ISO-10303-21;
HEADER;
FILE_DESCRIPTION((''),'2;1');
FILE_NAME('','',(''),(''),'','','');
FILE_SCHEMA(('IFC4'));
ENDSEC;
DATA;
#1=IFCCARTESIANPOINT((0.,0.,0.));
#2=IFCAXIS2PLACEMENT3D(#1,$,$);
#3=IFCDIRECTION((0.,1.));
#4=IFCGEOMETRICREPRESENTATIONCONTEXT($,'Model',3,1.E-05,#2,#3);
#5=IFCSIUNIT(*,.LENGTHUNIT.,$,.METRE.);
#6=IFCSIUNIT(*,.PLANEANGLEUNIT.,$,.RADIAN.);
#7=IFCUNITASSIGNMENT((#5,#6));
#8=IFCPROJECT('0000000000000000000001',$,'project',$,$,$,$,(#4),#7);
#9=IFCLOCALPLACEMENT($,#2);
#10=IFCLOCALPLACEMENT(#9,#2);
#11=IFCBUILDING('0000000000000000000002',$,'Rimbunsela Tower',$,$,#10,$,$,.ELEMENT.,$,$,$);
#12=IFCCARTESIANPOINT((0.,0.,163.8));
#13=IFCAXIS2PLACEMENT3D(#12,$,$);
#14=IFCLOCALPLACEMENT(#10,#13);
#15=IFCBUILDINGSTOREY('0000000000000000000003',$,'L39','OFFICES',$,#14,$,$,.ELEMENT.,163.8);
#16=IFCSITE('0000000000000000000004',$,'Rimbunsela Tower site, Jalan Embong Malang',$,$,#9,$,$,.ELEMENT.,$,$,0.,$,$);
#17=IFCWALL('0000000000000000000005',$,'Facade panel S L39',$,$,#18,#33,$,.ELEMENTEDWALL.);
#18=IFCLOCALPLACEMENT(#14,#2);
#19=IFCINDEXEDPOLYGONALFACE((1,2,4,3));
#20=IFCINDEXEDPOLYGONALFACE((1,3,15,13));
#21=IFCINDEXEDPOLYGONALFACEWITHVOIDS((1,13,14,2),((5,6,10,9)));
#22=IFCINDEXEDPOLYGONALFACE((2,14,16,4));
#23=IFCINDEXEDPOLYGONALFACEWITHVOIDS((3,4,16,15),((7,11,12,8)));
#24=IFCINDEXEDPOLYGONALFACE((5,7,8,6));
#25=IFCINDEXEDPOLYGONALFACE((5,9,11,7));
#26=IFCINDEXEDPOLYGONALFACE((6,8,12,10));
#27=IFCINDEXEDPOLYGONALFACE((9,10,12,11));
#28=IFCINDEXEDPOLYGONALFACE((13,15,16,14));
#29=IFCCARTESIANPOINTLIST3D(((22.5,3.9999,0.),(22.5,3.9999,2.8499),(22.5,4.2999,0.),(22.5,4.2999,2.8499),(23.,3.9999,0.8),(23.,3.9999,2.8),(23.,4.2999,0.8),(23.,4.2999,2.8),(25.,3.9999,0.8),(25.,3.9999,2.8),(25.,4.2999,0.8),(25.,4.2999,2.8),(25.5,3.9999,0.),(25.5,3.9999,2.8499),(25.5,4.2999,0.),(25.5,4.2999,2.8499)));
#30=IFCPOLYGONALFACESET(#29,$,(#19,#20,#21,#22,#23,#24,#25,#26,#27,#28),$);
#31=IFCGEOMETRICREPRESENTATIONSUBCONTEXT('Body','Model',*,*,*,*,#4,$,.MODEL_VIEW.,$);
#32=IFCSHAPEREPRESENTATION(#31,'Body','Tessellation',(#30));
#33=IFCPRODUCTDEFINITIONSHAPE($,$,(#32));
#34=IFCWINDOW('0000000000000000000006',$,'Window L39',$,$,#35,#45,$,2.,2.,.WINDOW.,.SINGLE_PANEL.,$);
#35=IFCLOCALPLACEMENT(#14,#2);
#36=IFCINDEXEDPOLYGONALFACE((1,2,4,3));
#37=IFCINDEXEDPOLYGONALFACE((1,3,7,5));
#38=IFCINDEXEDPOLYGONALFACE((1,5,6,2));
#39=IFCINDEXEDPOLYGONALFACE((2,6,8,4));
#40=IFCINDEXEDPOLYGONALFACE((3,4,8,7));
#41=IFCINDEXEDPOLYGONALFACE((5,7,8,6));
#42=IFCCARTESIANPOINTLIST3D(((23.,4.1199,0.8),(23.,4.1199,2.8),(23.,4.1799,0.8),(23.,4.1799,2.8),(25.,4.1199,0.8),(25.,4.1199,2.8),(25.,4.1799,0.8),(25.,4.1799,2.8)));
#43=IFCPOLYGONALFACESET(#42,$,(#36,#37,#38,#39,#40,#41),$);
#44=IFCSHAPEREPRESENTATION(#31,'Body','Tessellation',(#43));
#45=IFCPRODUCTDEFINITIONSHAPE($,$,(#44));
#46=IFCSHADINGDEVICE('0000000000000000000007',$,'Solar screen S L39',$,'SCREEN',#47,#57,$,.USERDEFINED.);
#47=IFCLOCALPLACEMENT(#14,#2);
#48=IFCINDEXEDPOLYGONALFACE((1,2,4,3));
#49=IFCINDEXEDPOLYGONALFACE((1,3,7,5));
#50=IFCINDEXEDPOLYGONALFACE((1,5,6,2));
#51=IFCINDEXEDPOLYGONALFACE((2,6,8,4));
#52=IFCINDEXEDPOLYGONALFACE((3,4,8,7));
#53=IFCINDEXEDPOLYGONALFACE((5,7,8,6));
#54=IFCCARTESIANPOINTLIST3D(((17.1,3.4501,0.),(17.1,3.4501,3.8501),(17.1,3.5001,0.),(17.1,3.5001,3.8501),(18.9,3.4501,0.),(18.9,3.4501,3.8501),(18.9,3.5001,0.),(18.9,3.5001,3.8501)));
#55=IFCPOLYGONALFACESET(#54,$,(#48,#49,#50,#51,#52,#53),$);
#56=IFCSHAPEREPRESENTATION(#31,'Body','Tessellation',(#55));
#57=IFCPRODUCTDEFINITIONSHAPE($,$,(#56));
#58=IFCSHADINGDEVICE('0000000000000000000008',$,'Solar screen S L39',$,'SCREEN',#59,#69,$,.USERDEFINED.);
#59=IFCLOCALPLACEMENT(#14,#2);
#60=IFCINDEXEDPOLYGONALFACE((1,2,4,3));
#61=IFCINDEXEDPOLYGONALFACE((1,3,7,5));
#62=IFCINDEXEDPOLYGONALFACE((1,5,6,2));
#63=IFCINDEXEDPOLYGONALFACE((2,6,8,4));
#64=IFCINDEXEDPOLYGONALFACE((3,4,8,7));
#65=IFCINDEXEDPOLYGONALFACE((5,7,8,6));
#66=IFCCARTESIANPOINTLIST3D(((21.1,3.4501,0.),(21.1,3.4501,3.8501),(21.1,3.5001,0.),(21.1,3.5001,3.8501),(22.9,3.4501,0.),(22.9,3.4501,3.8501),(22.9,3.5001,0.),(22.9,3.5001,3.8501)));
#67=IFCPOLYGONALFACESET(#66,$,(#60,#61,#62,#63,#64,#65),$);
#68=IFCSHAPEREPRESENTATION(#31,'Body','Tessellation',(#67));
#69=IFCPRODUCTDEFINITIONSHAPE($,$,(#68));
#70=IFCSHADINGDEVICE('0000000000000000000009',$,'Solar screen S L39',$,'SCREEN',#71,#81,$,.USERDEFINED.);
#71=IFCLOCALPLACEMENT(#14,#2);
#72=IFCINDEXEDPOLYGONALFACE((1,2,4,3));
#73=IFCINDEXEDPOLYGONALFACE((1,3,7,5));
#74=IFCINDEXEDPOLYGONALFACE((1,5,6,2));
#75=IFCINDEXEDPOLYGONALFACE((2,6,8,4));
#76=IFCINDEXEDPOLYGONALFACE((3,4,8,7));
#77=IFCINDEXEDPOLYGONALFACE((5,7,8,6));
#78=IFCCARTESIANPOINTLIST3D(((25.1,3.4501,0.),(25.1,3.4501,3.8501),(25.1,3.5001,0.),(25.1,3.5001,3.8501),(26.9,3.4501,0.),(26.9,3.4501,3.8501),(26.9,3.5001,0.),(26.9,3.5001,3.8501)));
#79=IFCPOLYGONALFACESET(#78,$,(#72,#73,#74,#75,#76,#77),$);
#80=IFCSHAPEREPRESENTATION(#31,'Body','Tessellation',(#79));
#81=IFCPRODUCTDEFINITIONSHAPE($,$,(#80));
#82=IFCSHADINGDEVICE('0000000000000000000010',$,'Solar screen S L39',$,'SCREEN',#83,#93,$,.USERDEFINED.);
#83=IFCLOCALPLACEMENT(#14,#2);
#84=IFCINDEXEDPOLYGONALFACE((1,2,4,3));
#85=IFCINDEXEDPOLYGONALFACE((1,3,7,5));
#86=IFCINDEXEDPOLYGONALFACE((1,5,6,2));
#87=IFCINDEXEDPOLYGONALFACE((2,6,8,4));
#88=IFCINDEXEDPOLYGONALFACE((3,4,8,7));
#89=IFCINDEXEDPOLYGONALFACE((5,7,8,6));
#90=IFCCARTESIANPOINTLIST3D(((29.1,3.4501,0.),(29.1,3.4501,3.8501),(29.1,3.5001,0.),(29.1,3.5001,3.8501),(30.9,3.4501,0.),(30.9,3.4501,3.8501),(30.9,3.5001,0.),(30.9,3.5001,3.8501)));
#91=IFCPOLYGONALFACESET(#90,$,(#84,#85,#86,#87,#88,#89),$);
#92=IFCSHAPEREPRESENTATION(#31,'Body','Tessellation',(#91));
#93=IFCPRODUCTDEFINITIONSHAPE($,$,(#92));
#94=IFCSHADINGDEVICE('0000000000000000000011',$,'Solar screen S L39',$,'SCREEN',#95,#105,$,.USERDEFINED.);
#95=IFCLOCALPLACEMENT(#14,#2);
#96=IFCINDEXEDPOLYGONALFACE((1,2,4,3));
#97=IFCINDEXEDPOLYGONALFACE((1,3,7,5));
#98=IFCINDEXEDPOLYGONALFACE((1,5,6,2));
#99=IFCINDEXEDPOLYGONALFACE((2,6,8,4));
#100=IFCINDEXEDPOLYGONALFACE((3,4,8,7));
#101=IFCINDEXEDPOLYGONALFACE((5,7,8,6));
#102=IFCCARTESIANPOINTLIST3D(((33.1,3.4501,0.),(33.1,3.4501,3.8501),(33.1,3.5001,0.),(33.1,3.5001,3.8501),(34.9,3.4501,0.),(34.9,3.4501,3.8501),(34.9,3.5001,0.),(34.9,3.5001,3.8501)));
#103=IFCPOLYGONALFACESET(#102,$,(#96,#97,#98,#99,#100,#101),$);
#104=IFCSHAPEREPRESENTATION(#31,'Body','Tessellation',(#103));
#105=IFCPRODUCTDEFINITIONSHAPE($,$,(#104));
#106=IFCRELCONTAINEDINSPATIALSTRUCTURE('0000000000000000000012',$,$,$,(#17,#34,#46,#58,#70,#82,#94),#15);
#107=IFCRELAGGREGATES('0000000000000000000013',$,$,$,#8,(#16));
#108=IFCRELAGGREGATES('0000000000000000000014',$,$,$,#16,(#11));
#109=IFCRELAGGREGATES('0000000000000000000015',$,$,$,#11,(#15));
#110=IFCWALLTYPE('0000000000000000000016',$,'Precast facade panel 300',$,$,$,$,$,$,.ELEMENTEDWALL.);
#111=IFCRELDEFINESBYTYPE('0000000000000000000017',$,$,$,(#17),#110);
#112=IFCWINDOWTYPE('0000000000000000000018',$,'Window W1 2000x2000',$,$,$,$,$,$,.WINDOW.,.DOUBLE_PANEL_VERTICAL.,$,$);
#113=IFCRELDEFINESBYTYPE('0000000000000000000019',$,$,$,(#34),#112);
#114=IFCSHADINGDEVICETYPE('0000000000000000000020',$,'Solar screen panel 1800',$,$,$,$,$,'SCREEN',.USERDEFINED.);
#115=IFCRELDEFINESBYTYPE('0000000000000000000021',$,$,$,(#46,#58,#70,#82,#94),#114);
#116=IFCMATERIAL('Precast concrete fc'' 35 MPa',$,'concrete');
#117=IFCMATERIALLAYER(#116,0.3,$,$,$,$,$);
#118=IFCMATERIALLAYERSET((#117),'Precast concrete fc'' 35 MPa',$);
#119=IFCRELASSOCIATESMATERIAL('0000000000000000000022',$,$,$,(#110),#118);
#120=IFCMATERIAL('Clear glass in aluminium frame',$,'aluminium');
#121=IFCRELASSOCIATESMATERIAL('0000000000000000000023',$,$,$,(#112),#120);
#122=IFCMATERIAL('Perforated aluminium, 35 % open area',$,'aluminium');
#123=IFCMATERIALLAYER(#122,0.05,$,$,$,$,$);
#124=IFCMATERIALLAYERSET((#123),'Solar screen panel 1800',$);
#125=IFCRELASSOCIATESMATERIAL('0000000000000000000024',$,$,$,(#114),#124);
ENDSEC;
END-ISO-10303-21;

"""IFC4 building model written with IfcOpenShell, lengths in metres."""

from ifc_helpers import new_model, si_unit, direction, frame, frame_2d, origin, origin_2d, place, context, subcontext, project, spatial, rectangle, extrude, material, layer, layer_set, type_object, element, fill, save


model = new_model("IFC4")

# Units and contexts
model_context = context("Model", 3, precision=1e-05, world=origin(), true_north=direction((0.0, 1.0)))
body_context = subcontext(model_context, "Body", "Model", "MODEL_VIEW")
ifc_project = project(units=[si_unit("LENGTHUNIT", "METRE"), si_unit("PLANEANGLEUNIT", "RADIAN")], contexts=[model_context])

# Site, building, storey
site_placement = place(None, origin())
site = spatial("IfcSite", under=ifc_project, at=site_placement, Name="Rimbunsela Tower site, Jalan Embong Malang", CompositionType="ELEMENT", RefElevation=0.0)
building_placement = place(site_placement, origin())
building = spatial("IfcBuilding", under=site, at=building_placement, Name="Rimbunsela Tower", CompositionType="ELEMENT")
storey_placement = place(building_placement, frame((0.0, 0.0, 163.8)))
storey = spatial("IfcBuildingStorey", under=building, at=storey_placement, Name="L39", Description="OFFICES", CompositionType="ELEMENT", Elevation=163.8)

# Wall, opening, window
ifc_material_1 = material(Name="Precast concrete fc' 35 MPa", Category="concrete")
ifc_layer_1 = layer(ifc_material_1, 0.3)
ifc_layer_set_1 = layer_set([ifc_layer_1], Name="Precast concrete fc' 35 MPa")
wall_type = type_object("IfcWallType", Name="Precast facade panel 300", PredefinedType="ELEMENTEDWALL", material=ifc_layer_set_1)
ifc_material_2 = material(Name="Clear glass in aluminium frame", Category="aluminium")
window_type = type_object("IfcWindowType", Name="Window W1 2000x2000", PartitioningType="DOUBLE_PANEL_VERTICAL", PredefinedType="WINDOW", material=ifc_material_2)
wall_1_placement = place(storey_placement, frame((22.5, 4.1499, 0.0), z_axis=(0.0, 0.0, 1.0), x_axis=(1.0, 0.0, 0.0)))
wall_1 = element("IfcWall", 1, at=wall_1_placement, inside=storey, type_object=wall_type, Name="Facade panel S L39", PredefinedType="ELEMENTEDWALL", context=body_context, shape_type="SweptSolid", body=[
    extrude(rectangle(XDim=3.0, YDim=0.3, at=frame_2d((1.5, 0.0))), origin(), (0.0, 0.0, 1.0), 2.8499),
])
opening_1_placement = place(wall_1_placement, frame((0.5, 0.0, 0.8)))
opening_1 = element("IfcOpeningElement", 2, at=opening_1_placement, cuts=wall_1, PredefinedType="OPENING", context=body_context, shape_type="SweptSolid", body=[
    extrude(rectangle(XDim=2.0, YDim=2.0, at=frame_2d((1.0, 1.0))), frame((0.0, 0.1599, 0.0), z_axis=(0.0, -1.0, 0.0), x_axis=(1.0, 0.0, 0.0)), (0.0, 0.0, 1.0), 0.3201),
])
window_1_placement = place(opening_1_placement, origin())
window_1 = element("IfcWindow", 3, at=window_1_placement, inside=storey, type_object=window_type, Name="Window L39", OverallHeight=2.0, OverallWidth=2.0, PartitioningType="SINGLE_PANEL", PredefinedType="WINDOW", context=body_context, shape_type="SweptSolid", body=[
    extrude(rectangle(XDim=2.0, YDim=2.0, at=frame_2d((1.0, 1.0))), frame((0.0, 0.03, 0.0), z_axis=(0.0, -1.0, 0.0), x_axis=(1.0, 0.0, 0.0)), (0.0, 0.0, 1.0), 0.0601),
])
fill(opening_1, window_1)

# Shading devices
ifc_material_3 = material(Name="Perforated aluminium, 35 % open area", Category="aluminium")
ifc_layer_2 = layer(ifc_material_3, 0.05)
ifc_layer_set_2 = layer_set([ifc_layer_2], Name="Solar screen panel 1800")
shading_device_type = type_object("IfcShadingDeviceType", Name="Solar screen panel 1800", ElementType="SCREEN", PredefinedType="USERDEFINED", material=ifc_layer_set_2)
for number, where, z_axis, x_axis, name in (
    (4, (18.0, 3.4751, 0.0), (0.0, 0.0, 1.0), (1.0, 0.0, 0.0), "Solar screen S L39"),
    (5, (22.0, 3.4751, 0.0), (0.0, 0.0, 1.0), (1.0, 0.0, 0.0), "Solar screen S L39"),
    (6, (26.0, 3.4751, 0.0), (0.0, 0.0, 1.0), (1.0, 0.0, 0.0), "Solar screen S L39"),
    (7, (30.0, 3.4751, 0.0), (0.0, 0.0, 1.0), (1.0, 0.0, 0.0), "Solar screen S L39"),
    (8, (34.0, 3.4751, 0.0), (0.0, 0.0, 1.0), (1.0, 0.0, 0.0), "Solar screen S L39"),
):
    element("IfcShadingDevice", number, at=place(storey_placement, frame(where, z_axis=z_axis, x_axis=x_axis)), inside=storey, type_object=shading_device_type, Name=name, ObjectType="SCREEN", PredefinedType="USERDEFINED", context=body_context, shape_type="SweptSolid", body=[
        extrude(rectangle(XDim=1.8, YDim=0.05, at=origin_2d()), origin(), (0.0, 0.0, 1.0), 3.8501),
    ])

save(model, "model.ifc")
